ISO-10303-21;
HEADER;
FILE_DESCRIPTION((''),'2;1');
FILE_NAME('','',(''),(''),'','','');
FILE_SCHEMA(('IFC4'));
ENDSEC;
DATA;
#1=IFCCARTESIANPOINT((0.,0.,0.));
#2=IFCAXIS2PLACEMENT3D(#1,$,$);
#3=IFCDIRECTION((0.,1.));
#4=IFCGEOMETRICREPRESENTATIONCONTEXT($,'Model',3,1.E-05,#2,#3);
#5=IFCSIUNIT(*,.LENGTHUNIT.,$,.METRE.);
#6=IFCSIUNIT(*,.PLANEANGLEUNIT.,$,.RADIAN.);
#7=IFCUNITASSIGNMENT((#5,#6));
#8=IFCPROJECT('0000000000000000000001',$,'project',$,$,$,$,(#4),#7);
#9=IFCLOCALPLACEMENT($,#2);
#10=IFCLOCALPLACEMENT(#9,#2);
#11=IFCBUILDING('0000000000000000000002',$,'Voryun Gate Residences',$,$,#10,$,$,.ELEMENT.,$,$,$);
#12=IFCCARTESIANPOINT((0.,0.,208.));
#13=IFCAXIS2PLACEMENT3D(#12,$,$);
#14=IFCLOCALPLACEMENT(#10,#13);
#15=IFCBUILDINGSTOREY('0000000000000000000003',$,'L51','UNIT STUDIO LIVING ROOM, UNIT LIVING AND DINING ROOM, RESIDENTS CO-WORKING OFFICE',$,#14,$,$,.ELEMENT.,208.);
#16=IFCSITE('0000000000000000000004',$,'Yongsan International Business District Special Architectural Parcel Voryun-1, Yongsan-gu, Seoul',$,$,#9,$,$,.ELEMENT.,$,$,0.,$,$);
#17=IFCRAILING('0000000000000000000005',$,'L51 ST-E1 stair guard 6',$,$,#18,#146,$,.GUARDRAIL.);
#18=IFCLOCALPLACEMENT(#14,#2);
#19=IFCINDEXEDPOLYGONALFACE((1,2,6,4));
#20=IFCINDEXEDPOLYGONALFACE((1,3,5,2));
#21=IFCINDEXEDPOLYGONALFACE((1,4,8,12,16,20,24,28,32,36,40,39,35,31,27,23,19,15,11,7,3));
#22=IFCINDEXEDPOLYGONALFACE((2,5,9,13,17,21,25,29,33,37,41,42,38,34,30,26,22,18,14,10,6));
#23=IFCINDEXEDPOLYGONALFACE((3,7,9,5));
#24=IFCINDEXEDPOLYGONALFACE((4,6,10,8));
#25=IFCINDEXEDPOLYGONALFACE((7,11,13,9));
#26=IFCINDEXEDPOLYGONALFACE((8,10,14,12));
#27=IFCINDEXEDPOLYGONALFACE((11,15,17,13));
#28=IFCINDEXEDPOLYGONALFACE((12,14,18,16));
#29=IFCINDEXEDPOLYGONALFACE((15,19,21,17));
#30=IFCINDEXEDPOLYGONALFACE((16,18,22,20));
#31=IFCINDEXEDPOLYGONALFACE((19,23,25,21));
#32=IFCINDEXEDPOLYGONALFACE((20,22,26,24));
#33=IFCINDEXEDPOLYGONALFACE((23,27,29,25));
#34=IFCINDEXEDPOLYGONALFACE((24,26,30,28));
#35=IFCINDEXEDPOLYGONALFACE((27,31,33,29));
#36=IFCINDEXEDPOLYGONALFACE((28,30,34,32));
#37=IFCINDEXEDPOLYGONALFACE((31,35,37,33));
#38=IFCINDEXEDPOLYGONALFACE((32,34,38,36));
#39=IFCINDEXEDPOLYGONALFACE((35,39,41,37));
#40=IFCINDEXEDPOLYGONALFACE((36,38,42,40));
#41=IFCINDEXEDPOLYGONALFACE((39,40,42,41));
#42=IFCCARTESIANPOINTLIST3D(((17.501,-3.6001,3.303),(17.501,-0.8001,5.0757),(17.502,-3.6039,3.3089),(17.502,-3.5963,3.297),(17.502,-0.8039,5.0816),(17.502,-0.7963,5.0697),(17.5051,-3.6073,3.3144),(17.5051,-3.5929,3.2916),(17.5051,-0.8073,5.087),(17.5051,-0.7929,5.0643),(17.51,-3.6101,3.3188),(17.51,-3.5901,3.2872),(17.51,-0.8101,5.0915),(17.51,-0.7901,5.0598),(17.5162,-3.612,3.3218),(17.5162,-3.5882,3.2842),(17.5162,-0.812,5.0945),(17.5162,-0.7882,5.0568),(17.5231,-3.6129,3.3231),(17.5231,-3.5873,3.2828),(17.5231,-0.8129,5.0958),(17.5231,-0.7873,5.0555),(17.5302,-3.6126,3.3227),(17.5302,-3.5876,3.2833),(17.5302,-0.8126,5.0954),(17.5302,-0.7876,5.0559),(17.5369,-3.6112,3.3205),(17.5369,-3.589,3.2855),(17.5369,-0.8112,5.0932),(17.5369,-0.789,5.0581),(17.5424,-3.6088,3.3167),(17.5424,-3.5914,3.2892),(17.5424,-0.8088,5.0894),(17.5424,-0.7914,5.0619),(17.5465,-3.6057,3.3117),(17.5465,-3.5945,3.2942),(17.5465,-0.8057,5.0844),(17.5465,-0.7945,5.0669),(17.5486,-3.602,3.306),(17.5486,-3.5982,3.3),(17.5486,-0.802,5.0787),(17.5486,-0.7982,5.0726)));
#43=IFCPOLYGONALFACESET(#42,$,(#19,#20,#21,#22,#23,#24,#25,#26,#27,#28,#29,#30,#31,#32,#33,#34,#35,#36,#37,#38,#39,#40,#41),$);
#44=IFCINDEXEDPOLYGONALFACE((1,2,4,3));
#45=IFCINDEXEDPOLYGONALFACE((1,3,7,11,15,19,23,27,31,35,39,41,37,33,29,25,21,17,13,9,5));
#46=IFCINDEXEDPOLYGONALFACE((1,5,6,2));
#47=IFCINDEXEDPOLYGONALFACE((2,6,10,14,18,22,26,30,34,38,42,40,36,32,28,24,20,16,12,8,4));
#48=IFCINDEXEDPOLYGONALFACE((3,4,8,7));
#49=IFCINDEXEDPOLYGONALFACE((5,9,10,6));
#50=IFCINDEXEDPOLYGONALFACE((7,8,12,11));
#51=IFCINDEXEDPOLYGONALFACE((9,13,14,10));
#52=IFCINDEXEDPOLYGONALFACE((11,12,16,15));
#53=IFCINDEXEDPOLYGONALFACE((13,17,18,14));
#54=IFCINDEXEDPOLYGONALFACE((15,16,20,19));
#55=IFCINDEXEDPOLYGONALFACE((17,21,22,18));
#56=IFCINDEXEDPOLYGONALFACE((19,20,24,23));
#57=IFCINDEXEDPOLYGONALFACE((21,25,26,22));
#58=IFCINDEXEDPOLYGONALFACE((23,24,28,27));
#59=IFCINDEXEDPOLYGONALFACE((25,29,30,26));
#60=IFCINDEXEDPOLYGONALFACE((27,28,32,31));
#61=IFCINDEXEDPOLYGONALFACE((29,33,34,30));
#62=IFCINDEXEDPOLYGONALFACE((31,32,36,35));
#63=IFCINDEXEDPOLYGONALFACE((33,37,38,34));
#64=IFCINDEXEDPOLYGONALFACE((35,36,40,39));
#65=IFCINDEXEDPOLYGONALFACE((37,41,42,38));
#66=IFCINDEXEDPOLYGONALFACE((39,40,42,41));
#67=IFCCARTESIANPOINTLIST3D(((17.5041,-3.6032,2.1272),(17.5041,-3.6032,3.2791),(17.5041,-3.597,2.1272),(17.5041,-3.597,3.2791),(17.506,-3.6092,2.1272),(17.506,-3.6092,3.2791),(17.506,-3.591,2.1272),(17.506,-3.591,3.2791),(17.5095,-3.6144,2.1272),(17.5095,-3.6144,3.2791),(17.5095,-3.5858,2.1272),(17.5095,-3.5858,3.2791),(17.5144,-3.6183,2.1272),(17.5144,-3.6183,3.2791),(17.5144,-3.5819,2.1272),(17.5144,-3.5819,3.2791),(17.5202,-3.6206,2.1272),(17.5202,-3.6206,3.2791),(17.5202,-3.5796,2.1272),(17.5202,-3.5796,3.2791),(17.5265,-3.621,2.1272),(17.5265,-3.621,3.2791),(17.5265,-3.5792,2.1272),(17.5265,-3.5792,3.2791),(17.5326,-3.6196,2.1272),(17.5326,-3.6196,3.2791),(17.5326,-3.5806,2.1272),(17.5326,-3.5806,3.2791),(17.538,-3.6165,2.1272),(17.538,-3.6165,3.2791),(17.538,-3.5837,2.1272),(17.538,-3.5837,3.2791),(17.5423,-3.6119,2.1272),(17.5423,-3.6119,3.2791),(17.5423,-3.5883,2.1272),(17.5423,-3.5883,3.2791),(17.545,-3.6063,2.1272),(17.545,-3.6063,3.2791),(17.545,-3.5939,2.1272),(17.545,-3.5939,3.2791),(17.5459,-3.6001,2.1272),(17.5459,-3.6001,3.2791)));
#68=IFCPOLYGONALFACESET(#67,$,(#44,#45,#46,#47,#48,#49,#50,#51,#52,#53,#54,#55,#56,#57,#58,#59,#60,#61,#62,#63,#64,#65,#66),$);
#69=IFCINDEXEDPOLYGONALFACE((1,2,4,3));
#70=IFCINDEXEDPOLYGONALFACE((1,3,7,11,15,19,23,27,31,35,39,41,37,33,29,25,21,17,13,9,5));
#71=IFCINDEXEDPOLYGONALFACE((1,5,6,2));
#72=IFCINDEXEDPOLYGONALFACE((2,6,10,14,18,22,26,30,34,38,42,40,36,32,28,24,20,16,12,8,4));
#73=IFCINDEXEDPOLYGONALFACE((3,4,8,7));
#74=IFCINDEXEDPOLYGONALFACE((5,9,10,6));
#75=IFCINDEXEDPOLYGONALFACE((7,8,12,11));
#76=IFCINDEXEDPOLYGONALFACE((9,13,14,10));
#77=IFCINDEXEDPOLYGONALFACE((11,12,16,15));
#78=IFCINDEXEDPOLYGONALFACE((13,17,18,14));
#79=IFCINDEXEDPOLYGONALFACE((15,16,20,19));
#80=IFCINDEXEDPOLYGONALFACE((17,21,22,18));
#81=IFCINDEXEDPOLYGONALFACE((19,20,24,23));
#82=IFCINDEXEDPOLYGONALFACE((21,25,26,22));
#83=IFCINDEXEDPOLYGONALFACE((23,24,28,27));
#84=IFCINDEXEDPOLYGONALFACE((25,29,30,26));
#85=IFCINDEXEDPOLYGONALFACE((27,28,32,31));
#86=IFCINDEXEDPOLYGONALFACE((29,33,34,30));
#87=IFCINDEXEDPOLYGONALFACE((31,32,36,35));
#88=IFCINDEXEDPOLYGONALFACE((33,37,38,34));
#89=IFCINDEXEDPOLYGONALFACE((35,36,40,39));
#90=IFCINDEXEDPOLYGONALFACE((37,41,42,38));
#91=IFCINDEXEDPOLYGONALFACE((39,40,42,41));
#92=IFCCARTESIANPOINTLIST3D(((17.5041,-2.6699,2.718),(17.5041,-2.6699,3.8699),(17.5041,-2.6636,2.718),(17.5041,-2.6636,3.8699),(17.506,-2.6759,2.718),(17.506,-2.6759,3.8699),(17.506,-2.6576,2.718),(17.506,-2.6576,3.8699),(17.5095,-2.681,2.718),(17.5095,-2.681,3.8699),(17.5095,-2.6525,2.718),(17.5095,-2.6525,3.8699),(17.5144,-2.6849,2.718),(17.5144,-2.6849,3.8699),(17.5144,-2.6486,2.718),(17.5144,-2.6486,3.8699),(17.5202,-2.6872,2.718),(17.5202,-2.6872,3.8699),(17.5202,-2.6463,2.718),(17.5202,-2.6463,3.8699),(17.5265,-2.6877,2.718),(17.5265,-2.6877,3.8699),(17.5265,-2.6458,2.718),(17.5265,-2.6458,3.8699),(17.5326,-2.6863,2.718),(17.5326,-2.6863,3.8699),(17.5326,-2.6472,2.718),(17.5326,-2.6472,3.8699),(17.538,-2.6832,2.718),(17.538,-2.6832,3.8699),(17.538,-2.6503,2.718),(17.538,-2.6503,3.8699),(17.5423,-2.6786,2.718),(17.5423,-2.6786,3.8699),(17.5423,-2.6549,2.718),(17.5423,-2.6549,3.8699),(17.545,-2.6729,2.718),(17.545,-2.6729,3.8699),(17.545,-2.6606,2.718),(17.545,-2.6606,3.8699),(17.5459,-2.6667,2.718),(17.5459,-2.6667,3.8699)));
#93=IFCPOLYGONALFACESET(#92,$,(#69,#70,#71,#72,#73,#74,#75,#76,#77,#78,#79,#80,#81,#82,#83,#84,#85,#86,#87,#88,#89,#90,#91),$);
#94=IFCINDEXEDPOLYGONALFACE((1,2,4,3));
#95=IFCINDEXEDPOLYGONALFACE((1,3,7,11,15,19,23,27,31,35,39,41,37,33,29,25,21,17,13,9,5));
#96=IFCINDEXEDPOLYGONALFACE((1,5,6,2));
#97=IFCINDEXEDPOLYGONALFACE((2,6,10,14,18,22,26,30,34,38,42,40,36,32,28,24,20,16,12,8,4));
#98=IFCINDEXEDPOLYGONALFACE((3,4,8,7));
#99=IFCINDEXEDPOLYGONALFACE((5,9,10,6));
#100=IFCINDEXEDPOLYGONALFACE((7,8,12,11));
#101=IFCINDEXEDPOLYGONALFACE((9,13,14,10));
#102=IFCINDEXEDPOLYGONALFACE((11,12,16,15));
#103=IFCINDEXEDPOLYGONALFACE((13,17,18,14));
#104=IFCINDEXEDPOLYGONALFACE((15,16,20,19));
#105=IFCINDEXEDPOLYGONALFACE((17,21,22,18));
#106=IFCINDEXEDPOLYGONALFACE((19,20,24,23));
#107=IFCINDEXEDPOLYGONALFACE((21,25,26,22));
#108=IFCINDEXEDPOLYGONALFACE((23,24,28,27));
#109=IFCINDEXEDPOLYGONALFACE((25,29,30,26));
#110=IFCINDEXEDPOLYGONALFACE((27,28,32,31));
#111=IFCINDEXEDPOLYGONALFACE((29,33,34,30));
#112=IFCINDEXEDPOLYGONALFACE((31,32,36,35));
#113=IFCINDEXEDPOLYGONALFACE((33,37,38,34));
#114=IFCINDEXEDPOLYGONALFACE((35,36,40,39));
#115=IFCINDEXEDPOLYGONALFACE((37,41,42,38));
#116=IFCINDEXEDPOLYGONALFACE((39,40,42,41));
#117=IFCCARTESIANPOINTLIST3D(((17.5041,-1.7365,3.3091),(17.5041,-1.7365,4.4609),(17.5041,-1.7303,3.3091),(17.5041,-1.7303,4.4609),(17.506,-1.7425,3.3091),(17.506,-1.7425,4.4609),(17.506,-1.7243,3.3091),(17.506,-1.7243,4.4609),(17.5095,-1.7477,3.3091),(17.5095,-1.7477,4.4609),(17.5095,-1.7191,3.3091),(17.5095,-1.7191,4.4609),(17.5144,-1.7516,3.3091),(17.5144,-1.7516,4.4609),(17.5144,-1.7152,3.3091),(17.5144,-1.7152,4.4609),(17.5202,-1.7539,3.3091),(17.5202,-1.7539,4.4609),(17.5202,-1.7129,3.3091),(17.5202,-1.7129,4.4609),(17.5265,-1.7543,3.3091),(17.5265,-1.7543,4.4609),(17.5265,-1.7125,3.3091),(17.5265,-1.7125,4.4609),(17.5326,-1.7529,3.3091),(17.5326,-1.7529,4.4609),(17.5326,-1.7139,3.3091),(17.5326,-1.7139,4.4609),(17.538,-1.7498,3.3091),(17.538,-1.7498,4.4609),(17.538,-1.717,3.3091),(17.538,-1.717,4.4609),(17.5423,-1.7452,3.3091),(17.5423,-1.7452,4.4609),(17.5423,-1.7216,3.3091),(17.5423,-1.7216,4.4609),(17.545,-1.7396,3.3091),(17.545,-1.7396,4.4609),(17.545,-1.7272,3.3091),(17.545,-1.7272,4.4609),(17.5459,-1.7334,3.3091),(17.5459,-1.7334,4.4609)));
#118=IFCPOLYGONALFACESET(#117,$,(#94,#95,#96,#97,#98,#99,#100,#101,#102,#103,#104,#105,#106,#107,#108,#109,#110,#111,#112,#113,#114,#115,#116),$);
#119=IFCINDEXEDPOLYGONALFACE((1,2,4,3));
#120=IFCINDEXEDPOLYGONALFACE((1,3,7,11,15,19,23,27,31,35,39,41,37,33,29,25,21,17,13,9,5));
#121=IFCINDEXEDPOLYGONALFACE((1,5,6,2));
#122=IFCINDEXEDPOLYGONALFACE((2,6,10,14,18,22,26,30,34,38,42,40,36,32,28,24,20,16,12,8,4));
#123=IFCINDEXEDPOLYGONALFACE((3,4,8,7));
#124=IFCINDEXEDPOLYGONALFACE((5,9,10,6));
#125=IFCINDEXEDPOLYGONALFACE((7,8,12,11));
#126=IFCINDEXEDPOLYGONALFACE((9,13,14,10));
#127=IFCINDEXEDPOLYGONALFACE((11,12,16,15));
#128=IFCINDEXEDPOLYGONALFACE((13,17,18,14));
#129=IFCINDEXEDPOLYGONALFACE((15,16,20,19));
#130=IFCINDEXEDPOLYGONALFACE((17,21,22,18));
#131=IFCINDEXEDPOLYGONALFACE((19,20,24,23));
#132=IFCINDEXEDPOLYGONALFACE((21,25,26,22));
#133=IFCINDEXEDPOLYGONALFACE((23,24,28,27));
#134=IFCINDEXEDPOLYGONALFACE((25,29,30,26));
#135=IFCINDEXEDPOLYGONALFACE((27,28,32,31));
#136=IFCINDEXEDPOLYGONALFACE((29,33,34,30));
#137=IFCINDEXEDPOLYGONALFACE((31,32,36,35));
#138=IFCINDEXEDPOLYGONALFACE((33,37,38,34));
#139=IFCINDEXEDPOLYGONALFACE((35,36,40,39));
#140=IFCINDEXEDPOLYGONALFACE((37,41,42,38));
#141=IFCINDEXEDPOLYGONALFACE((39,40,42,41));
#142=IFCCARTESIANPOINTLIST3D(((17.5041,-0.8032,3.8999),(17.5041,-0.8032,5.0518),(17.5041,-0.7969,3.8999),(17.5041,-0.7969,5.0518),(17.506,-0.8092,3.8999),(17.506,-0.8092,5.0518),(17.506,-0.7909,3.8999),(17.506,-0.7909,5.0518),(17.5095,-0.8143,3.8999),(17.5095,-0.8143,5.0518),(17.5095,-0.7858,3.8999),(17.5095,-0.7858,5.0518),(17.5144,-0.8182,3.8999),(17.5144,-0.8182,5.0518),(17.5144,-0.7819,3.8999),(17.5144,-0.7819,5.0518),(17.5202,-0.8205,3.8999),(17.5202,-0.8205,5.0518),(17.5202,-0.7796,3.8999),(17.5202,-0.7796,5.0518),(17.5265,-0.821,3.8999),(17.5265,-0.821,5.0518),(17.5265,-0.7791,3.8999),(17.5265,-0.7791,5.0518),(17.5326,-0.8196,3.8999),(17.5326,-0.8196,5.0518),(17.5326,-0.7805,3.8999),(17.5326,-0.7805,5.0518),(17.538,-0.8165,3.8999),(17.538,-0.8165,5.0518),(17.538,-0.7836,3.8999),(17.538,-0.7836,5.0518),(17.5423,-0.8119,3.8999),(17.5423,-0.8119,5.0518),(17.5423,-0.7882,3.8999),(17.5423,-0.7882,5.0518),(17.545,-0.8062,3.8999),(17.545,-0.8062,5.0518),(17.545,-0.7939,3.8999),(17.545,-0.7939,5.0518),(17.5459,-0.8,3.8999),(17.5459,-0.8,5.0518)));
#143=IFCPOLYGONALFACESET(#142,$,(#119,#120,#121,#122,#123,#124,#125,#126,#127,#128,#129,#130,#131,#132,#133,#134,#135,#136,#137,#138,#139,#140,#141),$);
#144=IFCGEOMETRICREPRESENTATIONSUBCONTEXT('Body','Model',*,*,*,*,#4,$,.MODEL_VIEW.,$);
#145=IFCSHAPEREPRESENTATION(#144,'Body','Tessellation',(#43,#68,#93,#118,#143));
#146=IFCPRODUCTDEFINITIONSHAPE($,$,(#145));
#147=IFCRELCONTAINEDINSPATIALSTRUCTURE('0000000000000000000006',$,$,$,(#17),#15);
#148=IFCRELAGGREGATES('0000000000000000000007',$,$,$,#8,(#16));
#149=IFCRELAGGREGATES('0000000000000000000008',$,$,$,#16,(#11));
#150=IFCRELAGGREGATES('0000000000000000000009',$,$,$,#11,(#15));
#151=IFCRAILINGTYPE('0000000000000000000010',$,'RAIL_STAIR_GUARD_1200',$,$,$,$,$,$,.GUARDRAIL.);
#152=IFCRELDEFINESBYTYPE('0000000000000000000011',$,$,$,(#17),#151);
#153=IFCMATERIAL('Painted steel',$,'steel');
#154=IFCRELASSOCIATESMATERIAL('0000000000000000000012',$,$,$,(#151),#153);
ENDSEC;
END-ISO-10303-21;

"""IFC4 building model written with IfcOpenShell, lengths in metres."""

from ifc_helpers import new_model, si_unit, direction, frame, origin, origin_2d, place, context, subcontext, project, spatial, circle, extrude, material, type_object, element, save


model = new_model("IFC4")

# Units and contexts
model_context = context("Model", 3, precision=1e-05, world=origin(), true_north=direction((0.0, 1.0)))
body_context = subcontext(model_context, "Body", "Model", "MODEL_VIEW")
ifc_project = project(units=[si_unit("LENGTHUNIT", "METRE"), si_unit("PLANEANGLEUNIT", "RADIAN")], contexts=[model_context])

# Site, building, storey
site_placement = place(None, origin())
site = spatial("IfcSite", under=ifc_project, at=site_placement, Name="Yongsan International Business District Special Architectural Parcel Voryun-1, Yongsan-gu, Seoul", CompositionType="ELEMENT", RefElevation=0.0)
building_placement = place(site_placement, origin())
building = spatial("IfcBuilding", under=site, at=building_placement, Name="Voryun Gate Residences", CompositionType="ELEMENT")
storey_placement = place(building_placement, frame((0.0, 0.0, 208.0)))
storey = spatial("IfcBuildingStorey", under=building, at=storey_placement, Name="L51", Description="UNIT STUDIO LIVING ROOM, UNIT LIVING AND DINING ROOM, RESIDENTS CO-WORKING OFFICE", CompositionType="ELEMENT", Elevation=208.0)

# Railing
ifc_material_1 = material(Name="Painted steel", Category="steel")
railing_type_1 = type_object("IfcRailingType", Name="RAIL_STAIR_GUARD_1200", PredefinedType="GUARDRAIL", material=ifc_material_1)
railing_1_placement = place(storey_placement, frame((17.5249, -3.6001, 2.1272)))
element("IfcRailing", 1, at=railing_1_placement, inside=storey, type_object=railing_type_1, Name="L51 ST-E1 stair guard 6", PredefinedType="GUARDRAIL", context=body_context, shape_type="SweptSolid", body=[
    extrude(circle(Radius=0.0239, at=origin_2d()), frame((0.0, 0.0, 1.1758), z_axis=(0.0, 0.844909, 0.53491), x_axis=(-1.0, 0.0, 0.0)), (0.0, 0.0, 1.0), 3.314),
    extrude(circle(Radius=0.021, at=origin_2d()), origin(), (0.0, 0.0, 1.0), 1.1519),
    extrude(circle(Radius=0.021, at=origin_2d()), frame((0.0, 0.9333, 0.5908)), (0.0, 0.0, 1.0), 1.1519),
    extrude(circle(Radius=0.021, at=origin_2d()), frame((0.0, 1.8667, 1.1819)), (0.0, 0.0, 1.0), 1.1519),
    extrude(circle(Radius=0.021, at=origin_2d()), frame((0.0, 2.8, 1.7727)), (0.0, 0.0, 1.0), 1.1519),
])

save(model, "model.ifc")
